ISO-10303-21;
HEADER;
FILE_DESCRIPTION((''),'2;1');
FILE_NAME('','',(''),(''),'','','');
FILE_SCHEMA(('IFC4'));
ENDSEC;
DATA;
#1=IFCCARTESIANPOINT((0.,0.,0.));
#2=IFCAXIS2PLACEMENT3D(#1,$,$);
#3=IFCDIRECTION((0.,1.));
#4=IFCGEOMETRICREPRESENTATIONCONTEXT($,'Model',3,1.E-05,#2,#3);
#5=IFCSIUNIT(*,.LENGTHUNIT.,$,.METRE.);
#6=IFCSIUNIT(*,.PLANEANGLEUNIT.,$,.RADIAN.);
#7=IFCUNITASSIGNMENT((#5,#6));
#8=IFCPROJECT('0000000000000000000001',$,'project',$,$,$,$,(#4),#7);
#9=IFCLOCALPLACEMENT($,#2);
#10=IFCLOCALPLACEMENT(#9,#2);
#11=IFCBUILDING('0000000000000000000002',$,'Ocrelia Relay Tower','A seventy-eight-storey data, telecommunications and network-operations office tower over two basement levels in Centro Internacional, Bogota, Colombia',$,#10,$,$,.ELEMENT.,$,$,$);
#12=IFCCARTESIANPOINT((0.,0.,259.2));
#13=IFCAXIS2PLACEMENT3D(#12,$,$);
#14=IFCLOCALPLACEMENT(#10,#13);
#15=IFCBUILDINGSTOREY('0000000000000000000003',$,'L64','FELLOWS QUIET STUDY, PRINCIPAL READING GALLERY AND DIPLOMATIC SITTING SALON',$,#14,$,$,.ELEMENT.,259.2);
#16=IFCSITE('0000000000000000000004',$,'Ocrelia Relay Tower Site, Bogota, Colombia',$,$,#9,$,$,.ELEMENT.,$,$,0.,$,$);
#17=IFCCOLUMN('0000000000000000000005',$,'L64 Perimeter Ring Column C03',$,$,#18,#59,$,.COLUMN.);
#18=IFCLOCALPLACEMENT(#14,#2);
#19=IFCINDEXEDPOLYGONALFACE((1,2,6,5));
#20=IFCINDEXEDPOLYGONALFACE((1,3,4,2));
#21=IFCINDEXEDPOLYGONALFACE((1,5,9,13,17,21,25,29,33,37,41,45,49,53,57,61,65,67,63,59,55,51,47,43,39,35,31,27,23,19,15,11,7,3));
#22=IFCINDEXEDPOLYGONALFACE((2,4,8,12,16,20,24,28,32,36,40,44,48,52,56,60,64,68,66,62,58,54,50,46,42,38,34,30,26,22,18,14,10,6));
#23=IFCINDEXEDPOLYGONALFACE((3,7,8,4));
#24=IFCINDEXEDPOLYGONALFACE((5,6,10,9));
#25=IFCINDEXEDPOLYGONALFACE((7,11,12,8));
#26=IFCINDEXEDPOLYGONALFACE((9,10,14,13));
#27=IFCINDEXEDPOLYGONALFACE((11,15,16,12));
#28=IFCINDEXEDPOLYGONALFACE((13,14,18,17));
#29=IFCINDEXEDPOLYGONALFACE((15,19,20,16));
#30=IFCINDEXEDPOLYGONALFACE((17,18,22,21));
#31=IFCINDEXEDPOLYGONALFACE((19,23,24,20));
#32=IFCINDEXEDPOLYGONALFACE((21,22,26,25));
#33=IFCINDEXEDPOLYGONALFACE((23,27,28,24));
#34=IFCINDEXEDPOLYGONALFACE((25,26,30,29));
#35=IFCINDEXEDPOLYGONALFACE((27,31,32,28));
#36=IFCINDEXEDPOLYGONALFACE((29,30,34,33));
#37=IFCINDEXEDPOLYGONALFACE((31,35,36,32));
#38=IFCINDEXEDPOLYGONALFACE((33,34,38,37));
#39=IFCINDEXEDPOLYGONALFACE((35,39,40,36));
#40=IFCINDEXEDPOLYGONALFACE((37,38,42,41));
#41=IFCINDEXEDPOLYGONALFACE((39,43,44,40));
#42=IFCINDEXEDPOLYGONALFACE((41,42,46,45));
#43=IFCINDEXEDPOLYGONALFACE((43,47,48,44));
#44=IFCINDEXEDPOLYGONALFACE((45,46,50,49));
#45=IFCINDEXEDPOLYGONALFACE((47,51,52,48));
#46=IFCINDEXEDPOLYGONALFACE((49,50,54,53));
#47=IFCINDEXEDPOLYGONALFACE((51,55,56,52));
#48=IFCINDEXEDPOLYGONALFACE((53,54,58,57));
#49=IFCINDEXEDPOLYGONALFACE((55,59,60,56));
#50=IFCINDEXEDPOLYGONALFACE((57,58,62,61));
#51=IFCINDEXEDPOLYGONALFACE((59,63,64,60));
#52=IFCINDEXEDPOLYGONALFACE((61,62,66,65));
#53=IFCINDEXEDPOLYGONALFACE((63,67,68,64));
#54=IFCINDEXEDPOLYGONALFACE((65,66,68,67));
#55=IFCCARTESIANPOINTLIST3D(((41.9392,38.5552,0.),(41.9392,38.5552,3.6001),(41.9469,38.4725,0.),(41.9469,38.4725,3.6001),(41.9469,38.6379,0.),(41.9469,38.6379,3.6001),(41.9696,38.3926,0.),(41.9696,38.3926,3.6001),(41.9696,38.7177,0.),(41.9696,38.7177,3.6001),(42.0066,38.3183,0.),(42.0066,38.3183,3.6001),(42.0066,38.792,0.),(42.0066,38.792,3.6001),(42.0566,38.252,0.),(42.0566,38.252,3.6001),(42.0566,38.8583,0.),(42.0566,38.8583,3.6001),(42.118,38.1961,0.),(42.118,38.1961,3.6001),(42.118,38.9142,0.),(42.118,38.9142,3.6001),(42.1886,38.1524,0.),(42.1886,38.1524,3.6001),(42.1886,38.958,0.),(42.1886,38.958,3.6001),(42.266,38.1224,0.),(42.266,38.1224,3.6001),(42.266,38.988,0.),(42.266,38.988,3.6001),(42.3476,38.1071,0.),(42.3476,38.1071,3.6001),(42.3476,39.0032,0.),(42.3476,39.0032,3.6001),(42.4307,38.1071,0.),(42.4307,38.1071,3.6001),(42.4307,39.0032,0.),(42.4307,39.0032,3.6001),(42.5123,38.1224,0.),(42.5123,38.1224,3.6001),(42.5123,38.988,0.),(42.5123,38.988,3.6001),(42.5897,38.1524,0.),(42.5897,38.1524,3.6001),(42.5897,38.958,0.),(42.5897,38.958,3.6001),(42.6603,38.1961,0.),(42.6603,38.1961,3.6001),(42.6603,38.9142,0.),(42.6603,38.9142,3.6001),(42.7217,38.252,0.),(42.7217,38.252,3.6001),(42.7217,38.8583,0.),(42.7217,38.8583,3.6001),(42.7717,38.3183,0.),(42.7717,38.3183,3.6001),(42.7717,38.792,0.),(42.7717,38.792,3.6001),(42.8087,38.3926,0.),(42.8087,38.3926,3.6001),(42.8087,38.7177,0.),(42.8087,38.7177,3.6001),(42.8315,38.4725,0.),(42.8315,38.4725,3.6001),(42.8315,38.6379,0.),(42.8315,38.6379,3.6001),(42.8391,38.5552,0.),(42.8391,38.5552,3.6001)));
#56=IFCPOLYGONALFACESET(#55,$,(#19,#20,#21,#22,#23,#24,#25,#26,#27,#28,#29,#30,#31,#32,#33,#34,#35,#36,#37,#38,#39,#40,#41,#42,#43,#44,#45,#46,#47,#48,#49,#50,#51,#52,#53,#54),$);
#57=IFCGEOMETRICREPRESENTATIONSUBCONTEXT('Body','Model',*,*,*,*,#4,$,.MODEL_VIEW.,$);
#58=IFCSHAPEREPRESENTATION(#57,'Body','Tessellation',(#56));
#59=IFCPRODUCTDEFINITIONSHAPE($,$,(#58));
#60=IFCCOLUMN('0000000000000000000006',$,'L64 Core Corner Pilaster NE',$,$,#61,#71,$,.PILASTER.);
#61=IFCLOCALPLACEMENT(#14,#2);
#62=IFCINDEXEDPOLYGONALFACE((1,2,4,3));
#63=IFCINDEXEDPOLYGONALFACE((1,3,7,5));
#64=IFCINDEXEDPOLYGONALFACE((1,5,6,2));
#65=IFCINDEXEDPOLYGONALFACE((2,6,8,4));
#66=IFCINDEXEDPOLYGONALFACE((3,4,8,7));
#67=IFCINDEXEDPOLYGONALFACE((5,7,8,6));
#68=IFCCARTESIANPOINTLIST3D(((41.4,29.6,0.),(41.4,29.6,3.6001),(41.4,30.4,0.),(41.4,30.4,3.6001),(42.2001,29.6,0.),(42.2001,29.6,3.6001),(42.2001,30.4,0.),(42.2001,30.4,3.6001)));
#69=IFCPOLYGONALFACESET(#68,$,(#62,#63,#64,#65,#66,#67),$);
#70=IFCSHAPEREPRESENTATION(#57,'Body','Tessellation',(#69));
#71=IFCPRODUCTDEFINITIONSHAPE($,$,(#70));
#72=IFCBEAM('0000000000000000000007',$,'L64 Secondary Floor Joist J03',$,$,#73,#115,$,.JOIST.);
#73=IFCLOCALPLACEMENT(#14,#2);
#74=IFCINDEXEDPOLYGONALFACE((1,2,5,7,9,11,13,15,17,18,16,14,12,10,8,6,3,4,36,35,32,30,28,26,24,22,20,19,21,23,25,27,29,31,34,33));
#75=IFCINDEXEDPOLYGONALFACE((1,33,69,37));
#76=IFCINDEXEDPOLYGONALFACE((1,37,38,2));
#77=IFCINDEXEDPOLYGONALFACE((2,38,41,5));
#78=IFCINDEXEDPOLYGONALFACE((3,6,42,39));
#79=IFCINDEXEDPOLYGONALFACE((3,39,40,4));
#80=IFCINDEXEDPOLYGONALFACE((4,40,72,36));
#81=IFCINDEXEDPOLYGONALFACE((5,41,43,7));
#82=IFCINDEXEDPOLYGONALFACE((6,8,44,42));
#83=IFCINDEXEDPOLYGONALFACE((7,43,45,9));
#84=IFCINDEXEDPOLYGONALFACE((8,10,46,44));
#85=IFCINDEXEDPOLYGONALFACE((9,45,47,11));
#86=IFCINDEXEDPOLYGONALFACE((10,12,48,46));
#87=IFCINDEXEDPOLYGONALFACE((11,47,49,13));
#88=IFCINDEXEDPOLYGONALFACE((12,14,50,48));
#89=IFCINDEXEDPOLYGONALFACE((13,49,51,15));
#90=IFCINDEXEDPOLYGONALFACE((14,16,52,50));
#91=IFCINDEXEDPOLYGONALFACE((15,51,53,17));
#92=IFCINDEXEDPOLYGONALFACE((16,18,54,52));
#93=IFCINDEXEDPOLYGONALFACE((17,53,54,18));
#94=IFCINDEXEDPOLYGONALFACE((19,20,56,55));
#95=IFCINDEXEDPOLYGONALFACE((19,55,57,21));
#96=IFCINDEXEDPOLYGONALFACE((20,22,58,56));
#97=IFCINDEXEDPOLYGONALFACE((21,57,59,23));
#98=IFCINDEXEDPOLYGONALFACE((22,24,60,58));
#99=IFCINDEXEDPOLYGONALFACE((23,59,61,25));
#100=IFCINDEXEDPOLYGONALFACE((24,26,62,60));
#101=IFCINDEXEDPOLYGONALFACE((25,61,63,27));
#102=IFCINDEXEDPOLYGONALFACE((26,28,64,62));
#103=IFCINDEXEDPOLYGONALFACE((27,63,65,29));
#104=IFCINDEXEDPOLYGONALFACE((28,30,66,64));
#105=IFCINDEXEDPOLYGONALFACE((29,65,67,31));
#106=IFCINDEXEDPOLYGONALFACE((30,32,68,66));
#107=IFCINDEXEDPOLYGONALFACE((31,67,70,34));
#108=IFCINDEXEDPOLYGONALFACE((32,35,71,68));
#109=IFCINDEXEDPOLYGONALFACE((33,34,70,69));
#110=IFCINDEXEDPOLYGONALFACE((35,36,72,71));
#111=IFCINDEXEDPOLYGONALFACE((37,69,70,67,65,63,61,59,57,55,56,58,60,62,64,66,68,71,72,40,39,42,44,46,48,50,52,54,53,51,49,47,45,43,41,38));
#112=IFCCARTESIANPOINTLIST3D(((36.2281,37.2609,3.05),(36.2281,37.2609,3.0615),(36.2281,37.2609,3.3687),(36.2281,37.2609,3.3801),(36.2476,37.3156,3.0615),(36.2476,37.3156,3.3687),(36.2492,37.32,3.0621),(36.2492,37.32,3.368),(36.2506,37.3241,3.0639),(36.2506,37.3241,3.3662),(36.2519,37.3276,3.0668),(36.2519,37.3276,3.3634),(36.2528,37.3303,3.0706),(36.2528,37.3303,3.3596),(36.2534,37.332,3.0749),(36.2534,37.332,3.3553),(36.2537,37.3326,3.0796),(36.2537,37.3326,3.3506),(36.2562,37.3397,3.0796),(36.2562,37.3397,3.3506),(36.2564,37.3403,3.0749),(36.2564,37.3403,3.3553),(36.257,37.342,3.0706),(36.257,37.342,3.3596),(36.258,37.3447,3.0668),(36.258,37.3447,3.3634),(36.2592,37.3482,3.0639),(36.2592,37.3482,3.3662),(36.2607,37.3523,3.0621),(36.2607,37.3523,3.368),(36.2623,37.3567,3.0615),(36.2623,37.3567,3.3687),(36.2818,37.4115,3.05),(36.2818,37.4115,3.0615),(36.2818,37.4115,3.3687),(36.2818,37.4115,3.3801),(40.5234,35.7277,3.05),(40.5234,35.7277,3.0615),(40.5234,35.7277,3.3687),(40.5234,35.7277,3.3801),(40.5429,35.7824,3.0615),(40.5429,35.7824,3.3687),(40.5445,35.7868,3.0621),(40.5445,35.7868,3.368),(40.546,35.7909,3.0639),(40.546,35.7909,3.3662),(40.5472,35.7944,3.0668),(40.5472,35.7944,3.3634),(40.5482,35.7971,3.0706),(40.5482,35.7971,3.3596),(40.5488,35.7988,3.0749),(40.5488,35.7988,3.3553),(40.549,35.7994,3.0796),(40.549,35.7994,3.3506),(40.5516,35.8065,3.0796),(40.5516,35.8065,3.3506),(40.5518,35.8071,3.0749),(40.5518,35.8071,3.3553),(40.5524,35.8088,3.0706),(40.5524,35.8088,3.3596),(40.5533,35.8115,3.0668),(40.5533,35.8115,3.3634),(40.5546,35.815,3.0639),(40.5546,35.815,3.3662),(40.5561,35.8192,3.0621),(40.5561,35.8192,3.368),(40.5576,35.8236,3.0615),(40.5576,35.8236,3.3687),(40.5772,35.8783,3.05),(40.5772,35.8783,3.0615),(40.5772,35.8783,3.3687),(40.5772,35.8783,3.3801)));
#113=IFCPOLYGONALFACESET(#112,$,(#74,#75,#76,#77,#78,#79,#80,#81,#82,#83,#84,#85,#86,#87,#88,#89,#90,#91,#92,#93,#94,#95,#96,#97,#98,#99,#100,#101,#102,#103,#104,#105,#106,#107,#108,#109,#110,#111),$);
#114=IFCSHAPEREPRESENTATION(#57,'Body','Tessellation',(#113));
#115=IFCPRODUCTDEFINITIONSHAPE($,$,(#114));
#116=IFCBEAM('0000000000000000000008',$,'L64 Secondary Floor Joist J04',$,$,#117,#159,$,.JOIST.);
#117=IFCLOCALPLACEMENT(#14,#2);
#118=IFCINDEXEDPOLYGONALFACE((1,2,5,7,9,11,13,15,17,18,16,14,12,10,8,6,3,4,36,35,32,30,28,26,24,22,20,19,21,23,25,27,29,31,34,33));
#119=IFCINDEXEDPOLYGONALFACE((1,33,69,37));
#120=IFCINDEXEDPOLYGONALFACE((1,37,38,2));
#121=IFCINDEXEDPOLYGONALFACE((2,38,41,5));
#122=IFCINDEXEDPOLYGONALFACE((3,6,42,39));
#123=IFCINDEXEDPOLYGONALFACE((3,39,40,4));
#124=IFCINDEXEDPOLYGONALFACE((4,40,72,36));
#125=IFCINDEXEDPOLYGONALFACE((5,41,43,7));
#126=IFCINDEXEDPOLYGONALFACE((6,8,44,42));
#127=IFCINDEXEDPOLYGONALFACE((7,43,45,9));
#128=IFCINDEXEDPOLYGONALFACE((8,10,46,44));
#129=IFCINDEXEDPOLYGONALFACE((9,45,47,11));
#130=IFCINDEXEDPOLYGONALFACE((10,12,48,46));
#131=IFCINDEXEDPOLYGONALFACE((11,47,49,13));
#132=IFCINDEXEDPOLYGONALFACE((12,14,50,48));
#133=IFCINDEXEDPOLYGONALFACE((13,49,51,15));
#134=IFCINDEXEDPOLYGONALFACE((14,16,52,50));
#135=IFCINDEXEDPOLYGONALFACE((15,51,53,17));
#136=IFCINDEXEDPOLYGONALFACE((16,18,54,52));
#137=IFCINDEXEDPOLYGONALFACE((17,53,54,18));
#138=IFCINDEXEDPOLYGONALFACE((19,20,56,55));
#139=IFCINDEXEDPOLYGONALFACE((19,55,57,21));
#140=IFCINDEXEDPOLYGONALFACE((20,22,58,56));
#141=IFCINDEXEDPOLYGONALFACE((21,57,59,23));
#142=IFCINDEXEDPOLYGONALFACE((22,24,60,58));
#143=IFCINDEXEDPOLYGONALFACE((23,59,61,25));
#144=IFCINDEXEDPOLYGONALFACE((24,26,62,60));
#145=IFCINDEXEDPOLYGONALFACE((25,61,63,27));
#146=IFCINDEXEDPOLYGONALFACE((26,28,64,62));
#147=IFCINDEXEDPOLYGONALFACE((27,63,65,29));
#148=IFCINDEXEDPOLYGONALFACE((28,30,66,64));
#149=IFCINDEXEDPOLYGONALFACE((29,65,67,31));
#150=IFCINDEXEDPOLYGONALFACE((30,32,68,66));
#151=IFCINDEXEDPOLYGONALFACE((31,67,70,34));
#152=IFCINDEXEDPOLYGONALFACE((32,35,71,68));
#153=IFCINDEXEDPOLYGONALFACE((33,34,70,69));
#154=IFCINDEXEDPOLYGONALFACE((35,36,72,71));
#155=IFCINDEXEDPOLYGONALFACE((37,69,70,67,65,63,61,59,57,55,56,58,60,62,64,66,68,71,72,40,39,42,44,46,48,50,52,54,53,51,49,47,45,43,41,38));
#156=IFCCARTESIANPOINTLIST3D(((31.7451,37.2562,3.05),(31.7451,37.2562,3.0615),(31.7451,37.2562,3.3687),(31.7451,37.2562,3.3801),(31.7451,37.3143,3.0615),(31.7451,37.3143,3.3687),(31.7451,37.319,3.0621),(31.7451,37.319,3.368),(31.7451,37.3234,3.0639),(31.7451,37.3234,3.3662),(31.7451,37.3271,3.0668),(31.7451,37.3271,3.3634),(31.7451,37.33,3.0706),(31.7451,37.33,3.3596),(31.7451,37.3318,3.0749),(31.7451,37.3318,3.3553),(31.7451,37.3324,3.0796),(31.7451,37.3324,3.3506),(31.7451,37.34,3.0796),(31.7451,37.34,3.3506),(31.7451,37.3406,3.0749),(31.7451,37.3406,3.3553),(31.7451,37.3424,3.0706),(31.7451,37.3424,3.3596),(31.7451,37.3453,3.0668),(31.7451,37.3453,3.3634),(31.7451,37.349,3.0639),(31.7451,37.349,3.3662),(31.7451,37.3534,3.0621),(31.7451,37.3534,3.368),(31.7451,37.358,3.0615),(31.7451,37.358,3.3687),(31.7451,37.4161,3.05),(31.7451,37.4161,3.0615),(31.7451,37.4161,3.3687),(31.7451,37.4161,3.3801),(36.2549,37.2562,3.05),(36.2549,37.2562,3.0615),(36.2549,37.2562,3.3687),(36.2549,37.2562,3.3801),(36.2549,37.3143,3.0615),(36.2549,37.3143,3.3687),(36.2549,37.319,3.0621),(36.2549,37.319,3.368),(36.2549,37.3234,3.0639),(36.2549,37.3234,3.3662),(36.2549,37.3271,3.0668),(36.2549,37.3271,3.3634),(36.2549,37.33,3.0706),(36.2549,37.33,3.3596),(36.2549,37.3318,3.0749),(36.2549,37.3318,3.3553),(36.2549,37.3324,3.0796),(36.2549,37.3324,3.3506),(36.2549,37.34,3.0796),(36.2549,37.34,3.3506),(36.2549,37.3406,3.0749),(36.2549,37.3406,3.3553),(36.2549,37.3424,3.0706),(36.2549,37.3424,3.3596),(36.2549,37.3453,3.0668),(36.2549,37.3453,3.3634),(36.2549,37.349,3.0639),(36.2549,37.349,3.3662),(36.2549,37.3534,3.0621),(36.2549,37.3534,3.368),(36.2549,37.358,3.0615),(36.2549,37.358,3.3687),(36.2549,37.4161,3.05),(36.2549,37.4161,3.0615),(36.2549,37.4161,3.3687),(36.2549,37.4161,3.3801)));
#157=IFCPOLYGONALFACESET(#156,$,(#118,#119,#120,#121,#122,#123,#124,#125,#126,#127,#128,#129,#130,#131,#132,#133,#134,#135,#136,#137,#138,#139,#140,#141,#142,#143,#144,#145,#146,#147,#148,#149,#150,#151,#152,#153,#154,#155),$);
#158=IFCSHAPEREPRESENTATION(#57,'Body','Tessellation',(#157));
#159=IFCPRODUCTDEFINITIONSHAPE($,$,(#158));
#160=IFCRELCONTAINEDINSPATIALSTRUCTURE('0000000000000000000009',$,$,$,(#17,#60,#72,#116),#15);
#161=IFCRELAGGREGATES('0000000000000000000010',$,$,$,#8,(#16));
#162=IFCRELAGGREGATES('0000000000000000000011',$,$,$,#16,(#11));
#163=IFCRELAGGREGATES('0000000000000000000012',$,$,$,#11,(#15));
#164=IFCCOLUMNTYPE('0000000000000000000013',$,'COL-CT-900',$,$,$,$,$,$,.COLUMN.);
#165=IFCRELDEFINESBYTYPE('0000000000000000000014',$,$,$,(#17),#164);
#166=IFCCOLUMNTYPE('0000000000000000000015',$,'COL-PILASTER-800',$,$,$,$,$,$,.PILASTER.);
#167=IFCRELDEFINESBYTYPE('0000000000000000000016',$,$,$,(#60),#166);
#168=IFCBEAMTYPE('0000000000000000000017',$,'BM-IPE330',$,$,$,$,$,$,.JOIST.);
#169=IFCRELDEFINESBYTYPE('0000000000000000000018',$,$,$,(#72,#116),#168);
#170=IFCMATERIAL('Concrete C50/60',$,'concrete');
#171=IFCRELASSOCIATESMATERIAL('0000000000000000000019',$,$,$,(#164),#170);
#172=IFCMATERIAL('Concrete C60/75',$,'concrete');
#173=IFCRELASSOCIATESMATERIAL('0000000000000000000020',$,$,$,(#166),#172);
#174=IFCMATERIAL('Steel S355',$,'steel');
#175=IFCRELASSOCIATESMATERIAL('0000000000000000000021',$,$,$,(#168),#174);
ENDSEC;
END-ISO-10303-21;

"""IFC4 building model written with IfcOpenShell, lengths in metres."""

from ifc_helpers import new_model, si_unit, direction, frame, origin, origin_2d, place, context, subcontext, project, spatial, rectangle, circle, i_section, extrude, material, material_profile, profile_set, type_object, element, save


model = new_model("IFC4")

# Units and contexts
model_context = context("Model", 3, precision=1e-05, world=origin(), true_north=direction((0.0, 1.0)))
body_context = subcontext(model_context, "Body", "Model", "MODEL_VIEW")
ifc_project = project(units=[si_unit("LENGTHUNIT", "METRE"), si_unit("PLANEANGLEUNIT", "RADIAN")], contexts=[model_context])

# Site, building, storey
site_placement = place(None, origin())
site = spatial("IfcSite", under=ifc_project, at=site_placement, Name="Ocrelia Relay Tower Site, Bogota, Colombia", CompositionType="ELEMENT", RefElevation=0.0)
building_placement = place(site_placement, origin())
building = spatial("IfcBuilding", under=site, at=building_placement, Name="Ocrelia Relay Tower", Description="A seventy-eight-storey data, telecommunications and network-operations office tower over two basement levels in Centro Internacional, Bogota, Colombia", CompositionType="ELEMENT")
storey_placement = place(building_placement, frame((0.0, 0.0, 259.2)))
storey = spatial("IfcBuildingStorey", under=building, at=storey_placement, Name="L64", Description="FELLOWS QUIET STUDY, PRINCIPAL READING GALLERY AND DIPLOMATIC SITTING SALON", CompositionType="ELEMENT", Elevation=259.2)

# Columns
ifc_material_1 = material(Name="Concrete C50/60", Category="concrete")
ifc_material_profile_1 = material_profile(ifc_material_1, circle(Radius=0.45, at=origin_2d()), Name="RC-CIR-900")
ifc_profile_set_1 = profile_set([ifc_material_profile_1], Name="Concrete C50/60")
column_type_1 = type_object("IfcColumnType", Name="COL-CT-900", PredefinedType="COLUMN", material=ifc_profile_set_1)
column_1_placement = place(storey_placement, frame((42.3892, 38.5552, 0.0), z_axis=(0.0, 0.0, 1.0), x_axis=(1.0, 0.0, 0.0)))
element("IfcColumn", 1, at=column_1_placement, inside=storey, type_object=column_type_1, Name="L64 Perimeter Ring Column C03", PredefinedType="COLUMN", context=body_context, shape_type="SweptSolid", body=[
    extrude(circle(Radius=0.45, at=origin_2d()), origin(), (0.0, 0.0, 1.0), 3.6001),
])
ifc_material_2 = material(Name="Concrete C60/75", Category="concrete")
ifc_material_profile_2 = material_profile(ifc_material_2, rectangle(XDim=0.8, YDim=0.8, at=origin_2d()), Name="RC-COL-800x800")
ifc_profile_set_2 = profile_set([ifc_material_profile_2], Name="Concrete C60/75")
column_type_2 = type_object("IfcColumnType", Name="COL-PILASTER-800", PredefinedType="PILASTER", material=ifc_profile_set_2)
column_2_placement = place(storey_placement, frame((41.8, 30.0, 0.0), z_axis=(0.0, 0.0, 1.0), x_axis=(1.0, 0.0, 0.0)))
element("IfcColumn", 2, at=column_2_placement, inside=storey, type_object=column_type_2, Name="L64 Core Corner Pilaster NE", PredefinedType="PILASTER", context=body_context, shape_type="SweptSolid", body=[
    extrude(rectangle(XDim=0.8, YDim=0.8, at=origin_2d()), origin(), (0.0, 0.0, 1.0), 3.6001),
])

# Beams
ifc_material_3 = material(Name="Steel S355", Category="steel")
ifc_material_profile_3 = material_profile(ifc_material_3, i_section(OverallWidth=0.1599, OverallDepth=0.3301, WebThickness=0.0076, FlangeThickness=0.0115, FilletRadius=0.0181, at=origin_2d()), Name="IPE 330")
ifc_profile_set_3 = profile_set([ifc_material_profile_3], Name="Steel S355")
beam_type = type_object("IfcBeamType", Name="BM-IPE330", PredefinedType="JOIST", material=ifc_profile_set_3)
beam_1_placement = place(storey_placement, frame((40.5503, 35.803, 3.2151), z_axis=(-0.941802, 0.336167, 0.0), x_axis=(-0.336167, -0.941802, 0.0)))
element("IfcBeam", 3, at=beam_1_placement, inside=storey, type_object=beam_type, Name="L64 Secondary Floor Joist J03", PredefinedType="JOIST", context=body_context, shape_type="SweptSolid", body=[
    extrude(i_section(OverallWidth=0.1599, OverallDepth=0.3301, WebThickness=0.0076, FlangeThickness=0.0115, FilletRadius=0.0181, at=origin_2d()), origin(), (0.0, 0.0, 1.0), 4.5608),
])
beam_2_placement = place(storey_placement, frame((36.2549, 37.3362, 3.2151), z_axis=(-1.0, 0.0, 0.0), x_axis=(0.0, -1.0, 0.0)))
element("IfcBeam", 4, at=beam_2_placement, inside=storey, type_object=beam_type, Name="L64 Secondary Floor Joist J04", PredefinedType="JOIST", context=body_context, shape_type="SweptSolid", body=[
    extrude(i_section(OverallWidth=0.1599, OverallDepth=0.3301, WebThickness=0.0076, FlangeThickness=0.0115, FilletRadius=0.0181, at=origin_2d()), origin(), (0.0, 0.0, 1.0), 4.5098),
])

save(model, "model.ifc")
